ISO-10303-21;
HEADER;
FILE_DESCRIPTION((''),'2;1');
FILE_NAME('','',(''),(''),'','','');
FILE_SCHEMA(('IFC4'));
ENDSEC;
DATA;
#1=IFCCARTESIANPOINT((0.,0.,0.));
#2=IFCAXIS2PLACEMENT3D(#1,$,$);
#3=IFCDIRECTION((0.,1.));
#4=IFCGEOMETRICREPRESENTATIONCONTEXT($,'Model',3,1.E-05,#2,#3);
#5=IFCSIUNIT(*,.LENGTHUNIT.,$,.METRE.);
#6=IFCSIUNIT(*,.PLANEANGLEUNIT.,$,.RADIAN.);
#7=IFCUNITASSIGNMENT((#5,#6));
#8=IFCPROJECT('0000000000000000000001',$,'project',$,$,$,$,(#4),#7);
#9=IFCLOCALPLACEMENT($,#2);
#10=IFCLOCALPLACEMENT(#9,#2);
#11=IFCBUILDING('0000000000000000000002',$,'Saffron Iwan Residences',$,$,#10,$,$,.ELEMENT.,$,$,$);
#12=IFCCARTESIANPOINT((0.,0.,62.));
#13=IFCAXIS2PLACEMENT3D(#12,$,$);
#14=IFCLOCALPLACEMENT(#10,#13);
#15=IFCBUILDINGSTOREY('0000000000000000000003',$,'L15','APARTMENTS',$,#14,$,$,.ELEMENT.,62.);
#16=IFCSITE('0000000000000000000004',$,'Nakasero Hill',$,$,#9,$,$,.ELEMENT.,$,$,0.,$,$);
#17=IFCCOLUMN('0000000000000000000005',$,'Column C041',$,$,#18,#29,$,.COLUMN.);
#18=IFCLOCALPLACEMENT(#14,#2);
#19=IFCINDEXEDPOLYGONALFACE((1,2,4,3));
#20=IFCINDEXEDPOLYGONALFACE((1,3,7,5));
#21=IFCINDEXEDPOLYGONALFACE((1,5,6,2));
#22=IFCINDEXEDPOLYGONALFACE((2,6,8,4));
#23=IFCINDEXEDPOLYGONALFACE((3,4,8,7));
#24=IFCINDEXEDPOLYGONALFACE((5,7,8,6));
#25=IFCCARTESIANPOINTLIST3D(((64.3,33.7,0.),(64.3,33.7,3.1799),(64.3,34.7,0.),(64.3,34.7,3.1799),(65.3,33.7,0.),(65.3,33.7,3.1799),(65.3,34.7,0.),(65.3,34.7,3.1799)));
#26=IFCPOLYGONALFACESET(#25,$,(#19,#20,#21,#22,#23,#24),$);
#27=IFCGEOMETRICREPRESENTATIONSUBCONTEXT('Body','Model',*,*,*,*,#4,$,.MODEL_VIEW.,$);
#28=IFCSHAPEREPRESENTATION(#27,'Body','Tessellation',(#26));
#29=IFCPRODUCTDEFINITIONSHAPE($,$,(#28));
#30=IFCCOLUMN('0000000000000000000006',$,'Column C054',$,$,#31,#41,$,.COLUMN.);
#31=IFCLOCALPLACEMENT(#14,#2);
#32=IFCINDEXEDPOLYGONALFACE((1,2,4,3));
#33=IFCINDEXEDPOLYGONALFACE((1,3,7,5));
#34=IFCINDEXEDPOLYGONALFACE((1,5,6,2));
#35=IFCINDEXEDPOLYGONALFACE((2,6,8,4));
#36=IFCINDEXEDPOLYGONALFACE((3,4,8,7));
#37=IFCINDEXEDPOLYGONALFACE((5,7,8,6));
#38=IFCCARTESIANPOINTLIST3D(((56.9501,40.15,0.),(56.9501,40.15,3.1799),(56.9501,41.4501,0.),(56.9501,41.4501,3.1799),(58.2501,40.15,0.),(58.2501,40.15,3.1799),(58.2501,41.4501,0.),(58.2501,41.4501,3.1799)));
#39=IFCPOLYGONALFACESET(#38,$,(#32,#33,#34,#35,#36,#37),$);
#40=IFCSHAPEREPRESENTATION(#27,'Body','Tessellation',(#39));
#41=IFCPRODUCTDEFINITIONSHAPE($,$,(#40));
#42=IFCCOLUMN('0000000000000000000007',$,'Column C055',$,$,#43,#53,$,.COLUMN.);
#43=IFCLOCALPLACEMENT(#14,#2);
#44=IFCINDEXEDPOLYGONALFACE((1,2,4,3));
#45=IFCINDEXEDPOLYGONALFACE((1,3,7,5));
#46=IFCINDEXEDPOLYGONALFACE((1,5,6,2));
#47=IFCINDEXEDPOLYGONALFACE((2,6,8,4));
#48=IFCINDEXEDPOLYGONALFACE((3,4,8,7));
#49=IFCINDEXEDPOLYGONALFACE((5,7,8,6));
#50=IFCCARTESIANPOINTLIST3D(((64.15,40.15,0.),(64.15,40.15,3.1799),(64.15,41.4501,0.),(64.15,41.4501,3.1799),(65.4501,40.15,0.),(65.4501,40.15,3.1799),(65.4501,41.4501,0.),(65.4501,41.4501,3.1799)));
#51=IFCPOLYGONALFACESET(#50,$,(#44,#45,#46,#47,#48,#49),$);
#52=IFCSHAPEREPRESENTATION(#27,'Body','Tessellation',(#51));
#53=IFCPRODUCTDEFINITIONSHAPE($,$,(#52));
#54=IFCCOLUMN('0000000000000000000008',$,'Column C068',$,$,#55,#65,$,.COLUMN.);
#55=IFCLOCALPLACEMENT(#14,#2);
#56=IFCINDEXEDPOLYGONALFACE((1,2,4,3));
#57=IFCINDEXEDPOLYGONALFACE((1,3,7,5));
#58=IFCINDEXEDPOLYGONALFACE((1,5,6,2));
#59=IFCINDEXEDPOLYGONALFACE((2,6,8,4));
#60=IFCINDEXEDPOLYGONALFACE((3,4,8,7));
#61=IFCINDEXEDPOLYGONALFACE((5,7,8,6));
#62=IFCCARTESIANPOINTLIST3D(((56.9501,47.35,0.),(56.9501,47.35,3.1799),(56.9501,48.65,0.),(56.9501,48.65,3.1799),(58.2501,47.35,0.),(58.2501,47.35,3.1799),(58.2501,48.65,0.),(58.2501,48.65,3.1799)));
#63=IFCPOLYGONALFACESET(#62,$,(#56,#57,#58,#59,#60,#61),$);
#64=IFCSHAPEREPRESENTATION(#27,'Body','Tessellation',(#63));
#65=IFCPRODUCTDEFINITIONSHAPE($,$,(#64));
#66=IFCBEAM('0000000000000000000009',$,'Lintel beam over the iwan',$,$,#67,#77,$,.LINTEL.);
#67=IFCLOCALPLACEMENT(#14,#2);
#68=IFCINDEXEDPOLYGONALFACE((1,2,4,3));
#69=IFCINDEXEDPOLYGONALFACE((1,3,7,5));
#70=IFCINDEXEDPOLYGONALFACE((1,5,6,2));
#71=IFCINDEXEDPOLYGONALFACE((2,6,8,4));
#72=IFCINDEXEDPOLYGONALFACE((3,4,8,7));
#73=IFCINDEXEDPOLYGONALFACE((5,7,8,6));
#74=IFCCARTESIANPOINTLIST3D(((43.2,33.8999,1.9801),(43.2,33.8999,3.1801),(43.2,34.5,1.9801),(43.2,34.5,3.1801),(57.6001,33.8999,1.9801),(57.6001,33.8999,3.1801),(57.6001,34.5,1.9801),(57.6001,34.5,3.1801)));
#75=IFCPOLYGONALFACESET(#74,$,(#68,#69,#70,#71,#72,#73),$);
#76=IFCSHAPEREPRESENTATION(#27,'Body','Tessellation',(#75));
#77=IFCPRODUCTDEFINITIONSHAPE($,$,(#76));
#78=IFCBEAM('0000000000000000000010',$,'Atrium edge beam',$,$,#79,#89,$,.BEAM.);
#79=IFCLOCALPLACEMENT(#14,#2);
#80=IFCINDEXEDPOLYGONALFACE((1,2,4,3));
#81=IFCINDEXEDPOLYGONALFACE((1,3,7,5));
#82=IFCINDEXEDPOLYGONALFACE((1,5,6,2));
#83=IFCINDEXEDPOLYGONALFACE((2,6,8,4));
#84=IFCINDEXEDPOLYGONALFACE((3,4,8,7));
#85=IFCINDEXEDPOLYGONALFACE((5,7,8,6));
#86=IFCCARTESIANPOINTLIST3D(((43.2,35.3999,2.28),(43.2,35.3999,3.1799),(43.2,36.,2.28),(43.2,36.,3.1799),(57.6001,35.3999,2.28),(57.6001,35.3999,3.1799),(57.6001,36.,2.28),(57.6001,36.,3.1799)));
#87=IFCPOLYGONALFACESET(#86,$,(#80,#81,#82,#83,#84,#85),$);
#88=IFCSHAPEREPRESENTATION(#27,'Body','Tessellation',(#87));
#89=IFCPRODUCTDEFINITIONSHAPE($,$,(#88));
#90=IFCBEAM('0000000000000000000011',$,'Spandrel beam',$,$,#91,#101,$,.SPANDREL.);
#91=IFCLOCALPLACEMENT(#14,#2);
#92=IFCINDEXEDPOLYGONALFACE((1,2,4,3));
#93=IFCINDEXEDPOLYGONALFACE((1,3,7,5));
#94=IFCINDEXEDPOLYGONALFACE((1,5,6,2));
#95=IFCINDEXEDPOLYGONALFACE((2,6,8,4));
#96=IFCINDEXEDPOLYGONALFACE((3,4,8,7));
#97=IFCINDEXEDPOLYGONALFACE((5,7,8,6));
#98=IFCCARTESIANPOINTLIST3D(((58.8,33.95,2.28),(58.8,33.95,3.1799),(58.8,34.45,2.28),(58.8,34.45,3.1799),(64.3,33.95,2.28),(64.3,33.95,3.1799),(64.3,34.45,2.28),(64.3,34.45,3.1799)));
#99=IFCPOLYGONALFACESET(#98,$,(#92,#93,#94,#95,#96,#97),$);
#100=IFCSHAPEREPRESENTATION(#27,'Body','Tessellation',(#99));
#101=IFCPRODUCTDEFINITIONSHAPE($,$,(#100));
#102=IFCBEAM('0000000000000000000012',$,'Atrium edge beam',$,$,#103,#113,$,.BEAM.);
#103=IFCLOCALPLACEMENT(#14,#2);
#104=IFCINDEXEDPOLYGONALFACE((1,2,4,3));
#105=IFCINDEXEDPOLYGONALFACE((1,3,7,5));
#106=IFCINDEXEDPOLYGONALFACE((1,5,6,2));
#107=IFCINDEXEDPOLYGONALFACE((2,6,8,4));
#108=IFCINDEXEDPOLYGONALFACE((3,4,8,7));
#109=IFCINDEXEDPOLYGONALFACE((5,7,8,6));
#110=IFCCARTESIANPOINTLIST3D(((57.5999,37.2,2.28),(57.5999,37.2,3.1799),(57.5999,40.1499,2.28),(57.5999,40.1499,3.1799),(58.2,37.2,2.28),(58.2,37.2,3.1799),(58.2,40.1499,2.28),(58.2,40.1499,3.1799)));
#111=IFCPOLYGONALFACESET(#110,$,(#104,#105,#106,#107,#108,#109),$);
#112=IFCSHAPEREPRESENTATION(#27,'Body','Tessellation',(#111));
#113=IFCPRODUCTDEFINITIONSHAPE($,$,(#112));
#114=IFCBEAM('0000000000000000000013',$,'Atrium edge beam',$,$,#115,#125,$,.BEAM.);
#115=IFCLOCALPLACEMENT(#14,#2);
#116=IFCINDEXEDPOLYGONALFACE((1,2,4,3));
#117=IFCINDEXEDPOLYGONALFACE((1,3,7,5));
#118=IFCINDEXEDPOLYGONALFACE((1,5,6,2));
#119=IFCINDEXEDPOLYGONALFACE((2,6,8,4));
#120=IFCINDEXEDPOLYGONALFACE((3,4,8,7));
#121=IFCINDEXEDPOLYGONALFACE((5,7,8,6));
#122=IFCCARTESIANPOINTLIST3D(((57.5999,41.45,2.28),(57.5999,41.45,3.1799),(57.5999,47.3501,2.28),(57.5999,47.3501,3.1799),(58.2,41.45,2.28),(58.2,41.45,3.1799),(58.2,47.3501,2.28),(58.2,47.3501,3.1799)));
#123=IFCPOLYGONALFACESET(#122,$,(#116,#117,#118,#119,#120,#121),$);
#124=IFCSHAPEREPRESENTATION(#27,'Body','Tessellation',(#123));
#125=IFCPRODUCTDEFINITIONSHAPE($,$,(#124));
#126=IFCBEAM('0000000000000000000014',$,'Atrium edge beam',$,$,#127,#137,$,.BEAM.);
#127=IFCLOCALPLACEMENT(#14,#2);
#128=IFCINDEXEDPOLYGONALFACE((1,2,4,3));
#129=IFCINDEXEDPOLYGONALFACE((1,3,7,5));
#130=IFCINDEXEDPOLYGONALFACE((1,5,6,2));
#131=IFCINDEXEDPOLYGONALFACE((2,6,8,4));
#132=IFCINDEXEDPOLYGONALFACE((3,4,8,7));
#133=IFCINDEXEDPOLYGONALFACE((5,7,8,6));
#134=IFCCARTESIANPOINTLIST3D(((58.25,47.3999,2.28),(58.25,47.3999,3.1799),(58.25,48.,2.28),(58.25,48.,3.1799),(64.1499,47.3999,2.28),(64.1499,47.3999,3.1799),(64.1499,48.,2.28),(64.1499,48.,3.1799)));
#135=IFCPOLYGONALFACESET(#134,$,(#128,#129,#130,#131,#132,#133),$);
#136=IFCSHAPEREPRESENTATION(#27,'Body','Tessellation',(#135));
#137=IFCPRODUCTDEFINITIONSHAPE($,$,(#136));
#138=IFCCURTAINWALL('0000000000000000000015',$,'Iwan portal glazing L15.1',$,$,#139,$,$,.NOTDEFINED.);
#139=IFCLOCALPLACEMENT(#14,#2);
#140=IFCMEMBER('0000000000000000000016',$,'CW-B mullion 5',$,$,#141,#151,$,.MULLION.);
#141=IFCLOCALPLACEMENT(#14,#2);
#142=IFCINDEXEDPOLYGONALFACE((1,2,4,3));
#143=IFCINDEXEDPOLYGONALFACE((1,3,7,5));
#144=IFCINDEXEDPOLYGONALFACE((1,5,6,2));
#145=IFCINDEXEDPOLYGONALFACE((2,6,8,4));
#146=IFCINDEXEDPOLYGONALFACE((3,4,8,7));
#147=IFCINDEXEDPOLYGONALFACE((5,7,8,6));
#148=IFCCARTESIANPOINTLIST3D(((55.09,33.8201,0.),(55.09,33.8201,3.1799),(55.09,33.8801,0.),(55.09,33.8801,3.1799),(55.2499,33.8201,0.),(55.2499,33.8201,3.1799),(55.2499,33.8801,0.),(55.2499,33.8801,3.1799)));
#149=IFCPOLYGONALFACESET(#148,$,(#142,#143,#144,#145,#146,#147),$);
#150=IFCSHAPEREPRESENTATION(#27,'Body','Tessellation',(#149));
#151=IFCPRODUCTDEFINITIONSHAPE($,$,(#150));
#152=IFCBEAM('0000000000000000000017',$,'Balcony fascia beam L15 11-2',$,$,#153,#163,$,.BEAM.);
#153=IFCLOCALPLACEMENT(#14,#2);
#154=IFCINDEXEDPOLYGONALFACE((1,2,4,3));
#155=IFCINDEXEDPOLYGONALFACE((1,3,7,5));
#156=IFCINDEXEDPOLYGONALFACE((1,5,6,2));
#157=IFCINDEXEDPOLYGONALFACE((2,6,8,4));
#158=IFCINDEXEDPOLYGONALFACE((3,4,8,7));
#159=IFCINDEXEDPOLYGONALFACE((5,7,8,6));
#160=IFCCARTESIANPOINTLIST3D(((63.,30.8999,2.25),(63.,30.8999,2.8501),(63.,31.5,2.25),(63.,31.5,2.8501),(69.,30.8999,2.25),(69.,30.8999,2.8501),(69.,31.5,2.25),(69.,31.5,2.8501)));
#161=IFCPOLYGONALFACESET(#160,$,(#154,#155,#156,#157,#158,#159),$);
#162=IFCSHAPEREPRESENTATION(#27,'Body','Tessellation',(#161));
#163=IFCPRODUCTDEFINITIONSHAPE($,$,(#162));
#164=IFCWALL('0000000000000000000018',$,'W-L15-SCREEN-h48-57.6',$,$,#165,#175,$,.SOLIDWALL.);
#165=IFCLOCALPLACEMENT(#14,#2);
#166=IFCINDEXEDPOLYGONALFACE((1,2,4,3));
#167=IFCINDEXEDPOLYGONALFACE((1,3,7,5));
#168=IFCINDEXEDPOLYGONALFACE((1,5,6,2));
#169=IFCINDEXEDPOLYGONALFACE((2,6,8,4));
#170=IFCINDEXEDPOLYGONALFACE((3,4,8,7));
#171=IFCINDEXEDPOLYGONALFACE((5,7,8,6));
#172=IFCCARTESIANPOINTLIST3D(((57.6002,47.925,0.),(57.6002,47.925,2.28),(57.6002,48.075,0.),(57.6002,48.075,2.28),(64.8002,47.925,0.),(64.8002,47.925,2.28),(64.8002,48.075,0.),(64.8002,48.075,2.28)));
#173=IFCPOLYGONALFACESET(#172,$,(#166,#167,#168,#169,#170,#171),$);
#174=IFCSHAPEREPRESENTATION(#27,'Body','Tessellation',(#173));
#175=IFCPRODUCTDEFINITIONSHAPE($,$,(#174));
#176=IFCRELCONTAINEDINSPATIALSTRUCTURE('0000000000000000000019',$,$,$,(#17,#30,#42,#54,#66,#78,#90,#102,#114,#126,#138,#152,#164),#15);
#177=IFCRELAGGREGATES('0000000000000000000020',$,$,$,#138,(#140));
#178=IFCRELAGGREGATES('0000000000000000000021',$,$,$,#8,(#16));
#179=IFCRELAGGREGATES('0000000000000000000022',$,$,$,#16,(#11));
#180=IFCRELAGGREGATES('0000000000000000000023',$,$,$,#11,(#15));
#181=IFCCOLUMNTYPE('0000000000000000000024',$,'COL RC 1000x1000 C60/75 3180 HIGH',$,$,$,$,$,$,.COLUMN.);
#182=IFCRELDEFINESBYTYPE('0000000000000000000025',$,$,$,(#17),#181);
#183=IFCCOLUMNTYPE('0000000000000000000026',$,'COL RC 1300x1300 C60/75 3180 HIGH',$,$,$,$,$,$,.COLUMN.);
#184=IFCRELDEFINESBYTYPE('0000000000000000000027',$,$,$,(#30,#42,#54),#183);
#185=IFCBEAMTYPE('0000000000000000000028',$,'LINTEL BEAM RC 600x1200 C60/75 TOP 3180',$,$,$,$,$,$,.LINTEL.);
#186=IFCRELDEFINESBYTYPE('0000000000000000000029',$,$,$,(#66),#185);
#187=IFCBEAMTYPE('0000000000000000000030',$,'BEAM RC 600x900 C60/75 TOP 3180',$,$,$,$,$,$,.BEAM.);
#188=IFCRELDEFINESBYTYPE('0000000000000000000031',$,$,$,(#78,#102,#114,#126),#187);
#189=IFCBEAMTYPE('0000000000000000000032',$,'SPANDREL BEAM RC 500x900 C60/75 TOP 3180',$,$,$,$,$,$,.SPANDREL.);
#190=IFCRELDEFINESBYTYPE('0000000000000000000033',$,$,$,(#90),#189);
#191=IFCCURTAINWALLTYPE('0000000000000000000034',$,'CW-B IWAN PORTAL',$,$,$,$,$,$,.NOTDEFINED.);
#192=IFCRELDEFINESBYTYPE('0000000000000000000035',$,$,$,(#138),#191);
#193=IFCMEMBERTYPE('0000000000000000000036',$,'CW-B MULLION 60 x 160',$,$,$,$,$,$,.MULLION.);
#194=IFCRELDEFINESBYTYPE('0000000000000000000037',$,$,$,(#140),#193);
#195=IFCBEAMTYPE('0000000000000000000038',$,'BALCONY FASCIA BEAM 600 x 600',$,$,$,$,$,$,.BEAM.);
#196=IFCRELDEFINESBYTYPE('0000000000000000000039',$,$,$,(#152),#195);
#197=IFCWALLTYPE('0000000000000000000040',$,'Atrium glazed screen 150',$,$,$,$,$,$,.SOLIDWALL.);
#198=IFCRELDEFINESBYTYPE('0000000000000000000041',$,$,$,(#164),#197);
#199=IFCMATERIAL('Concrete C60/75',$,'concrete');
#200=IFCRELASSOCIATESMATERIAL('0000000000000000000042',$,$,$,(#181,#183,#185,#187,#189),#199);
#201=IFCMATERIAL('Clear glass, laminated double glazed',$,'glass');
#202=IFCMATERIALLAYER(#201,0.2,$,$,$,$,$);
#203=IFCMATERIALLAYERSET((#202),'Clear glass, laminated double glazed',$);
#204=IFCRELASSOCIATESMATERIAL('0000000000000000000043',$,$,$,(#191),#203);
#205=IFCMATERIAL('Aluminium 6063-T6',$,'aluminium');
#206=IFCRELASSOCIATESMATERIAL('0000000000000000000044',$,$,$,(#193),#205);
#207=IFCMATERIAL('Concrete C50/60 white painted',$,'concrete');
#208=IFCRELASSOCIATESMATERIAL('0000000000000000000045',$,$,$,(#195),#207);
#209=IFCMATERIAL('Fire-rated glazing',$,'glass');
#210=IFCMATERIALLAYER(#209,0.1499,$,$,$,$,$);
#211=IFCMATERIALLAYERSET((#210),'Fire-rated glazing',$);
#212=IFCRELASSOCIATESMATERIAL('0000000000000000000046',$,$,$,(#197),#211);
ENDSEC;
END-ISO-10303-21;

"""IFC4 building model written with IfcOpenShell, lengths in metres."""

from ifc_helpers import new_model, si_unit, direction, frame, frame_2d, origin, origin_2d, place, context, subcontext, project, spatial, rectangle, extrude, source, transform, mapped, material, layer, layer_set, material_profile, profile_set, type_object, element, aggregate, save


model = new_model("IFC4")

# Units and contexts
model_context = context("Model", 3, precision=1e-05, world=origin(), true_north=direction((0.0, 1.0)))
body_context = subcontext(model_context, "Body", "Model", "MODEL_VIEW")
ifc_project = project(units=[si_unit("LENGTHUNIT", "METRE"), si_unit("PLANEANGLEUNIT", "RADIAN")], contexts=[model_context])

# Site, building, storey
site_placement = place(None, origin())
site = spatial("IfcSite", under=ifc_project, at=site_placement, Name="Nakasero Hill", CompositionType="ELEMENT", RefElevation=0.0)
building_placement = place(site_placement, origin())
building = spatial("IfcBuilding", under=site, at=building_placement, Name="Saffron Iwan Residences", CompositionType="ELEMENT")
storey_placement = place(building_placement, frame((0.0, 0.0, 62.0)))
storey = spatial("IfcBuildingStorey", under=building, at=storey_placement, Name="L15", Description="APARTMENTS", CompositionType="ELEMENT", Elevation=62.0)

# Columns
ifc_material_1 = material(Name="Concrete C60/75", Category="concrete")
ifc_material_profile_1 = material_profile(ifc_material_1, rectangle(XDim=1.0, YDim=1.0, at=origin_2d()), Name="RC 1000x1000")
ifc_profile_set_1 = profile_set([ifc_material_profile_1], Name="Concrete C60/75")
column_type_1 = type_object("IfcColumnType", Name="COL RC 1000x1000 C60/75 3180 HIGH", PredefinedType="COLUMN", material=ifc_profile_set_1)
shared_shape_1 = source(origin(), body_context, "Body", "SweptSolid", [
    extrude(rectangle(XDim=1.0, YDim=1.0, at=origin_2d()), origin(), (0.0, 0.0, 1.0), 3.1799),
])
column_placement = place(storey_placement, frame((64.8, 34.2, 0.0), z_axis=(0.0, 0.0, 1.0), x_axis=(1.0, 0.0, 0.0)))
element("IfcColumn", 1, at=column_placement, inside=storey, type_object=column_type_1, Name="Column C041", PredefinedType="COLUMN", context=body_context, shape_type="MappedRepresentation", body=[
    mapped(shared_shape_1, transform((0.0, 0.0, 0.0))),
])
ifc_material_profile_2 = material_profile(ifc_material_1, rectangle(XDim=1.3, YDim=1.3, at=origin_2d()), Name="RC 1300x1300")
ifc_profile_set_2 = profile_set([ifc_material_profile_2], Name="Concrete C60/75")
column_type_2 = type_object("IfcColumnType", Name="COL RC 1300x1300 C60/75 3180 HIGH", PredefinedType="COLUMN", material=ifc_profile_set_2)
shared_shape_2 = source(origin(), body_context, "Body", "SweptSolid", [
    extrude(rectangle(XDim=1.3, YDim=1.3, at=origin_2d()), origin(), (0.0, 0.0, 1.0), 3.1799),
])
for number, where, z_axis, x_axis, name in (
    (2, (57.6001, 40.8, 0.0), (0.0, 0.0, 1.0), (1.0, 0.0, 0.0), "Column C054"),
    (3, (64.8, 40.8, 0.0), (0.0, 0.0, 1.0), (1.0, 0.0, 0.0), "Column C055"),
    (4, (57.6001, 48.0, 0.0), (0.0, 0.0, 1.0), (1.0, 0.0, 0.0), "Column C068"),
):
    element("IfcColumn", number, at=place(storey_placement, frame(where, z_axis=z_axis, x_axis=x_axis)), inside=storey, type_object=column_type_2, Name=name, PredefinedType="COLUMN", context=body_context, shape_type="MappedRepresentation", body=[
        mapped(shared_shape_2, transform((0.0, 0.0, 0.0))),
    ])

# Beams
ifc_material_profile_3 = material_profile(ifc_material_1, rectangle(XDim=0.6001, YDim=1.2, at=origin_2d()), Name="RC 600x1200")
ifc_profile_set_3 = profile_set([ifc_material_profile_3], Name="Concrete C60/75")
beam_type_1 = type_object("IfcBeamType", Name="LINTEL BEAM RC 600x1200 C60/75 TOP 3180", PredefinedType="LINTEL", material=ifc_profile_set_3)
shared_shape_3 = source(origin(), body_context, "Body", "SweptSolid", [
    extrude(rectangle(XDim=0.6001, YDim=1.2, at=origin_2d()), origin(), (0.0, 0.0, 1.0), 14.4001),
])
beam_1_placement = place(storey_placement, frame((57.6001, 34.2, 2.5801), z_axis=(-1.0, 0.0, 0.0), x_axis=(0.0, -1.0, 0.0)))
element("IfcBeam", 5, at=beam_1_placement, inside=storey, type_object=beam_type_1, Name="Lintel beam over the iwan", PredefinedType="LINTEL", context=body_context, shape_type="MappedRepresentation", body=[
    mapped(shared_shape_3, transform((0.0, 0.0, 0.0))),
])
ifc_material_profile_4 = material_profile(ifc_material_1, rectangle(XDim=0.6001, YDim=0.8999, at=origin_2d()), Name="RC 600x900")
ifc_profile_set_4 = profile_set([ifc_material_profile_4], Name="Concrete C60/75")
beam_type_2 = type_object("IfcBeamType", Name="BEAM RC 600x900 C60/75 TOP 3180", PredefinedType="BEAM", material=ifc_profile_set_4)
shared_shape_4 = source(origin(), body_context, "Body", "SweptSolid", [
    extrude(rectangle(XDim=0.6001, YDim=0.8999, at=origin_2d()), origin(), (0.0, 0.0, 1.0), 14.4001),
])
beam_2_placement = place(storey_placement, frame((57.6001, 35.7, 2.73), z_axis=(-1.0, 0.0, 0.0), x_axis=(0.0, -1.0, 0.0)))
element("IfcBeam", 6, at=beam_2_placement, inside=storey, type_object=beam_type_2, Name="Atrium edge beam", PredefinedType="BEAM", context=body_context, shape_type="MappedRepresentation", body=[
    mapped(shared_shape_4, transform((0.0, 0.0, 0.0))),
])
ifc_material_profile_5 = material_profile(ifc_material_1, rectangle(XDim=0.5, YDim=0.8999, at=origin_2d()), Name="RC 500x900")
ifc_profile_set_5 = profile_set([ifc_material_profile_5], Name="Concrete C60/75")
beam_type_3 = type_object("IfcBeamType", Name="SPANDREL BEAM RC 500x900 C60/75 TOP 3180", PredefinedType="SPANDREL", material=ifc_profile_set_5)
shared_shape_5 = source(origin(), body_context, "Body", "SweptSolid", [
    extrude(rectangle(XDim=0.5, YDim=0.8999, at=origin_2d()), origin(), (0.0, 0.0, 1.0), 5.5),
])
beam_3_placement = place(storey_placement, frame((64.3, 34.2, 2.73), z_axis=(-1.0, 0.0, 0.0), x_axis=(0.0, -1.0, 0.0)))
element("IfcBeam", 7, at=beam_3_placement, inside=storey, type_object=beam_type_3, Name="Spandrel beam", PredefinedType="SPANDREL", context=body_context, shape_type="MappedRepresentation", body=[
    mapped(shared_shape_5, transform((0.0, 0.0, 0.0))),
])
shared_shape_6 = source(origin(), body_context, "Body", "SweptSolid", [
    extrude(rectangle(XDim=0.6001, YDim=0.8999, at=origin_2d()), origin(), (0.0, 0.0, 1.0), 2.95),
])
beam_4_placement = place(storey_placement, frame((57.8999, 40.1499, 2.73), z_axis=(0.0, -1.0, 0.0), x_axis=(1.0, 0.0, 0.0)))
element("IfcBeam", 8, at=beam_4_placement, inside=storey, type_object=beam_type_2, Name="Atrium edge beam", PredefinedType="BEAM", context=body_context, shape_type="MappedRepresentation", body=[
    mapped(shared_shape_6, transform((0.0, 0.0, 0.0))),
])
shared_shape_7 = source(origin(), body_context, "Body", "SweptSolid", [
    extrude(rectangle(XDim=0.6001, YDim=0.8999, at=origin_2d()), origin(), (0.0, 0.0, 1.0), 5.9001),
])
beam_5_placement = place(storey_placement, frame((57.8999, 47.3501, 2.73), z_axis=(0.0, -1.0, 0.0), x_axis=(1.0, 0.0, 0.0)))
element("IfcBeam", 9, at=beam_5_placement, inside=storey, type_object=beam_type_2, Name="Atrium edge beam", PredefinedType="BEAM", context=body_context, shape_type="MappedRepresentation", body=[
    mapped(shared_shape_7, transform((0.0, 0.0, 0.0))),
])
shared_shape_8 = source(origin(), body_context, "Body", "SweptSolid", [
    extrude(rectangle(XDim=0.6001, YDim=0.8999, at=origin_2d()), origin(), (0.0, 0.0, 1.0), 5.8999),
])
beam_6_placement = place(storey_placement, frame((64.1499, 47.7, 2.73), z_axis=(-1.0, 0.0, 0.0), x_axis=(0.0, -1.0, 0.0)))
element("IfcBeam", 10, at=beam_6_placement, inside=storey, type_object=beam_type_2, Name="Atrium edge beam", PredefinedType="BEAM", context=body_context, shape_type="MappedRepresentation", body=[
    mapped(shared_shape_8, transform((0.0, 0.0, 0.0))),
])

# Curtain wall, member
ifc_material_2 = material(Name="Clear glass, laminated double glazed", Category="glass")
ifc_layer_1 = layer(ifc_material_2, 0.2)
ifc_layer_set_1 = layer_set([ifc_layer_1], Name="Clear glass, laminated double glazed")
curtain_wall_type = type_object("IfcCurtainWallType", Name="CW-B IWAN PORTAL", PredefinedType="NOTDEFINED", material=ifc_layer_set_1)
curtain_wall_placement = place(storey_placement, origin())
curtain_wall = element("IfcCurtainWall", 11, at=curtain_wall_placement, inside=storey, type_object=curtain_wall_type, Name="Iwan portal glazing L15.1", PredefinedType="NOTDEFINED")
ifc_material_3 = material(Name="Aluminium 6063-T6", Category="aluminium")
ifc_material_profile_6 = material_profile(ifc_material_3, rectangle(XDim=0.0601, YDim=0.1599, at=origin_2d()), Name="CW-B MULLION 60 x 160")
ifc_profile_set_6 = profile_set([ifc_material_profile_6], Name="Aluminium 6063-T6")
member_type = type_object("IfcMemberType", Name="CW-B MULLION 60 x 160", PredefinedType="MULLION", material=ifc_profile_set_6)
shared_shape_9 = source(origin(), body_context, "Body", "SweptSolid", [
    extrude(rectangle(XDim=0.0601, YDim=0.1599, at=origin_2d()), origin(), (0.0, 0.0, 1.0), 3.1799),
])
member_placement = place(storey_placement, frame((55.1699, 33.8501, 0.0), z_axis=(0.0, 0.0, 1.0), x_axis=(0.0, 1.0, 0.0)))
member = element("IfcMember", 12, at=member_placement, type_object=member_type, Name="CW-B mullion 5", PredefinedType="MULLION", context=body_context, shape_type="MappedRepresentation", body=[
    mapped(shared_shape_9, transform((0.0, 0.0, 0.0))),
])
aggregate(curtain_wall, [member])

# Beam
ifc_material_4 = material(Name="Concrete C50/60 white painted", Category="concrete")
ifc_material_profile_7 = material_profile(ifc_material_4, rectangle(XDim=0.6001, YDim=0.6001, at=origin_2d()), Name="BALCONY FASCIA BEAM 600 x 600")
ifc_profile_set_7 = profile_set([ifc_material_profile_7], Name="Concrete C50/60 white painted")
beam_type_4 = type_object("IfcBeamType", Name="BALCONY FASCIA BEAM 600 x 600", PredefinedType="BEAM", material=ifc_profile_set_7)
shared_shape_10 = source(origin(), body_context, "Body", "SweptSolid", [
    extrude(rectangle(XDim=0.6001, YDim=0.6001, at=origin_2d()), origin(), (0.0, 0.0, 1.0), 6.0),
])
beam_7_placement = place(storey_placement, frame((63.0, 31.2, 2.55), z_axis=(1.0, 0.0, 0.0), x_axis=(0.0, 1.0, 0.0)))
element("IfcBeam", 13, at=beam_7_placement, inside=storey, type_object=beam_type_4, Name="Balcony fascia beam L15 11-2", PredefinedType="BEAM", context=body_context, shape_type="MappedRepresentation", body=[
    mapped(shared_shape_10, transform((0.0, 0.0, 0.0))),
])

# Wall
ifc_material_5 = material(Name="Fire-rated glazing", Category="glass")
ifc_layer_2 = layer(ifc_material_5, 0.1499)
ifc_layer_set_2 = layer_set([ifc_layer_2], Name="Fire-rated glazing")
wall_type_1 = type_object("IfcWallType", Name="Atrium glazed screen 150", PredefinedType="SOLIDWALL", material=ifc_layer_set_2)
wall_1_placement = place(storey_placement, frame((57.6001, 48.0, 0.0), z_axis=(0.0, 0.0, 1.0), x_axis=(1.0, 0.0, 0.0)))
element("IfcWall", 14, at=wall_1_placement, inside=storey, type_object=wall_type_1, Name="W-L15-SCREEN-h48-57.6", PredefinedType="SOLIDWALL", context=body_context, shape_type="SweptSolid", body=[
    extrude(rectangle(XDim=7.2, YDim=0.1499, at=frame_2d((3.6001, 0.0))), origin(), (0.0, 0.0, 1.0), 2.28),
])

save(model, "model.ifc")
